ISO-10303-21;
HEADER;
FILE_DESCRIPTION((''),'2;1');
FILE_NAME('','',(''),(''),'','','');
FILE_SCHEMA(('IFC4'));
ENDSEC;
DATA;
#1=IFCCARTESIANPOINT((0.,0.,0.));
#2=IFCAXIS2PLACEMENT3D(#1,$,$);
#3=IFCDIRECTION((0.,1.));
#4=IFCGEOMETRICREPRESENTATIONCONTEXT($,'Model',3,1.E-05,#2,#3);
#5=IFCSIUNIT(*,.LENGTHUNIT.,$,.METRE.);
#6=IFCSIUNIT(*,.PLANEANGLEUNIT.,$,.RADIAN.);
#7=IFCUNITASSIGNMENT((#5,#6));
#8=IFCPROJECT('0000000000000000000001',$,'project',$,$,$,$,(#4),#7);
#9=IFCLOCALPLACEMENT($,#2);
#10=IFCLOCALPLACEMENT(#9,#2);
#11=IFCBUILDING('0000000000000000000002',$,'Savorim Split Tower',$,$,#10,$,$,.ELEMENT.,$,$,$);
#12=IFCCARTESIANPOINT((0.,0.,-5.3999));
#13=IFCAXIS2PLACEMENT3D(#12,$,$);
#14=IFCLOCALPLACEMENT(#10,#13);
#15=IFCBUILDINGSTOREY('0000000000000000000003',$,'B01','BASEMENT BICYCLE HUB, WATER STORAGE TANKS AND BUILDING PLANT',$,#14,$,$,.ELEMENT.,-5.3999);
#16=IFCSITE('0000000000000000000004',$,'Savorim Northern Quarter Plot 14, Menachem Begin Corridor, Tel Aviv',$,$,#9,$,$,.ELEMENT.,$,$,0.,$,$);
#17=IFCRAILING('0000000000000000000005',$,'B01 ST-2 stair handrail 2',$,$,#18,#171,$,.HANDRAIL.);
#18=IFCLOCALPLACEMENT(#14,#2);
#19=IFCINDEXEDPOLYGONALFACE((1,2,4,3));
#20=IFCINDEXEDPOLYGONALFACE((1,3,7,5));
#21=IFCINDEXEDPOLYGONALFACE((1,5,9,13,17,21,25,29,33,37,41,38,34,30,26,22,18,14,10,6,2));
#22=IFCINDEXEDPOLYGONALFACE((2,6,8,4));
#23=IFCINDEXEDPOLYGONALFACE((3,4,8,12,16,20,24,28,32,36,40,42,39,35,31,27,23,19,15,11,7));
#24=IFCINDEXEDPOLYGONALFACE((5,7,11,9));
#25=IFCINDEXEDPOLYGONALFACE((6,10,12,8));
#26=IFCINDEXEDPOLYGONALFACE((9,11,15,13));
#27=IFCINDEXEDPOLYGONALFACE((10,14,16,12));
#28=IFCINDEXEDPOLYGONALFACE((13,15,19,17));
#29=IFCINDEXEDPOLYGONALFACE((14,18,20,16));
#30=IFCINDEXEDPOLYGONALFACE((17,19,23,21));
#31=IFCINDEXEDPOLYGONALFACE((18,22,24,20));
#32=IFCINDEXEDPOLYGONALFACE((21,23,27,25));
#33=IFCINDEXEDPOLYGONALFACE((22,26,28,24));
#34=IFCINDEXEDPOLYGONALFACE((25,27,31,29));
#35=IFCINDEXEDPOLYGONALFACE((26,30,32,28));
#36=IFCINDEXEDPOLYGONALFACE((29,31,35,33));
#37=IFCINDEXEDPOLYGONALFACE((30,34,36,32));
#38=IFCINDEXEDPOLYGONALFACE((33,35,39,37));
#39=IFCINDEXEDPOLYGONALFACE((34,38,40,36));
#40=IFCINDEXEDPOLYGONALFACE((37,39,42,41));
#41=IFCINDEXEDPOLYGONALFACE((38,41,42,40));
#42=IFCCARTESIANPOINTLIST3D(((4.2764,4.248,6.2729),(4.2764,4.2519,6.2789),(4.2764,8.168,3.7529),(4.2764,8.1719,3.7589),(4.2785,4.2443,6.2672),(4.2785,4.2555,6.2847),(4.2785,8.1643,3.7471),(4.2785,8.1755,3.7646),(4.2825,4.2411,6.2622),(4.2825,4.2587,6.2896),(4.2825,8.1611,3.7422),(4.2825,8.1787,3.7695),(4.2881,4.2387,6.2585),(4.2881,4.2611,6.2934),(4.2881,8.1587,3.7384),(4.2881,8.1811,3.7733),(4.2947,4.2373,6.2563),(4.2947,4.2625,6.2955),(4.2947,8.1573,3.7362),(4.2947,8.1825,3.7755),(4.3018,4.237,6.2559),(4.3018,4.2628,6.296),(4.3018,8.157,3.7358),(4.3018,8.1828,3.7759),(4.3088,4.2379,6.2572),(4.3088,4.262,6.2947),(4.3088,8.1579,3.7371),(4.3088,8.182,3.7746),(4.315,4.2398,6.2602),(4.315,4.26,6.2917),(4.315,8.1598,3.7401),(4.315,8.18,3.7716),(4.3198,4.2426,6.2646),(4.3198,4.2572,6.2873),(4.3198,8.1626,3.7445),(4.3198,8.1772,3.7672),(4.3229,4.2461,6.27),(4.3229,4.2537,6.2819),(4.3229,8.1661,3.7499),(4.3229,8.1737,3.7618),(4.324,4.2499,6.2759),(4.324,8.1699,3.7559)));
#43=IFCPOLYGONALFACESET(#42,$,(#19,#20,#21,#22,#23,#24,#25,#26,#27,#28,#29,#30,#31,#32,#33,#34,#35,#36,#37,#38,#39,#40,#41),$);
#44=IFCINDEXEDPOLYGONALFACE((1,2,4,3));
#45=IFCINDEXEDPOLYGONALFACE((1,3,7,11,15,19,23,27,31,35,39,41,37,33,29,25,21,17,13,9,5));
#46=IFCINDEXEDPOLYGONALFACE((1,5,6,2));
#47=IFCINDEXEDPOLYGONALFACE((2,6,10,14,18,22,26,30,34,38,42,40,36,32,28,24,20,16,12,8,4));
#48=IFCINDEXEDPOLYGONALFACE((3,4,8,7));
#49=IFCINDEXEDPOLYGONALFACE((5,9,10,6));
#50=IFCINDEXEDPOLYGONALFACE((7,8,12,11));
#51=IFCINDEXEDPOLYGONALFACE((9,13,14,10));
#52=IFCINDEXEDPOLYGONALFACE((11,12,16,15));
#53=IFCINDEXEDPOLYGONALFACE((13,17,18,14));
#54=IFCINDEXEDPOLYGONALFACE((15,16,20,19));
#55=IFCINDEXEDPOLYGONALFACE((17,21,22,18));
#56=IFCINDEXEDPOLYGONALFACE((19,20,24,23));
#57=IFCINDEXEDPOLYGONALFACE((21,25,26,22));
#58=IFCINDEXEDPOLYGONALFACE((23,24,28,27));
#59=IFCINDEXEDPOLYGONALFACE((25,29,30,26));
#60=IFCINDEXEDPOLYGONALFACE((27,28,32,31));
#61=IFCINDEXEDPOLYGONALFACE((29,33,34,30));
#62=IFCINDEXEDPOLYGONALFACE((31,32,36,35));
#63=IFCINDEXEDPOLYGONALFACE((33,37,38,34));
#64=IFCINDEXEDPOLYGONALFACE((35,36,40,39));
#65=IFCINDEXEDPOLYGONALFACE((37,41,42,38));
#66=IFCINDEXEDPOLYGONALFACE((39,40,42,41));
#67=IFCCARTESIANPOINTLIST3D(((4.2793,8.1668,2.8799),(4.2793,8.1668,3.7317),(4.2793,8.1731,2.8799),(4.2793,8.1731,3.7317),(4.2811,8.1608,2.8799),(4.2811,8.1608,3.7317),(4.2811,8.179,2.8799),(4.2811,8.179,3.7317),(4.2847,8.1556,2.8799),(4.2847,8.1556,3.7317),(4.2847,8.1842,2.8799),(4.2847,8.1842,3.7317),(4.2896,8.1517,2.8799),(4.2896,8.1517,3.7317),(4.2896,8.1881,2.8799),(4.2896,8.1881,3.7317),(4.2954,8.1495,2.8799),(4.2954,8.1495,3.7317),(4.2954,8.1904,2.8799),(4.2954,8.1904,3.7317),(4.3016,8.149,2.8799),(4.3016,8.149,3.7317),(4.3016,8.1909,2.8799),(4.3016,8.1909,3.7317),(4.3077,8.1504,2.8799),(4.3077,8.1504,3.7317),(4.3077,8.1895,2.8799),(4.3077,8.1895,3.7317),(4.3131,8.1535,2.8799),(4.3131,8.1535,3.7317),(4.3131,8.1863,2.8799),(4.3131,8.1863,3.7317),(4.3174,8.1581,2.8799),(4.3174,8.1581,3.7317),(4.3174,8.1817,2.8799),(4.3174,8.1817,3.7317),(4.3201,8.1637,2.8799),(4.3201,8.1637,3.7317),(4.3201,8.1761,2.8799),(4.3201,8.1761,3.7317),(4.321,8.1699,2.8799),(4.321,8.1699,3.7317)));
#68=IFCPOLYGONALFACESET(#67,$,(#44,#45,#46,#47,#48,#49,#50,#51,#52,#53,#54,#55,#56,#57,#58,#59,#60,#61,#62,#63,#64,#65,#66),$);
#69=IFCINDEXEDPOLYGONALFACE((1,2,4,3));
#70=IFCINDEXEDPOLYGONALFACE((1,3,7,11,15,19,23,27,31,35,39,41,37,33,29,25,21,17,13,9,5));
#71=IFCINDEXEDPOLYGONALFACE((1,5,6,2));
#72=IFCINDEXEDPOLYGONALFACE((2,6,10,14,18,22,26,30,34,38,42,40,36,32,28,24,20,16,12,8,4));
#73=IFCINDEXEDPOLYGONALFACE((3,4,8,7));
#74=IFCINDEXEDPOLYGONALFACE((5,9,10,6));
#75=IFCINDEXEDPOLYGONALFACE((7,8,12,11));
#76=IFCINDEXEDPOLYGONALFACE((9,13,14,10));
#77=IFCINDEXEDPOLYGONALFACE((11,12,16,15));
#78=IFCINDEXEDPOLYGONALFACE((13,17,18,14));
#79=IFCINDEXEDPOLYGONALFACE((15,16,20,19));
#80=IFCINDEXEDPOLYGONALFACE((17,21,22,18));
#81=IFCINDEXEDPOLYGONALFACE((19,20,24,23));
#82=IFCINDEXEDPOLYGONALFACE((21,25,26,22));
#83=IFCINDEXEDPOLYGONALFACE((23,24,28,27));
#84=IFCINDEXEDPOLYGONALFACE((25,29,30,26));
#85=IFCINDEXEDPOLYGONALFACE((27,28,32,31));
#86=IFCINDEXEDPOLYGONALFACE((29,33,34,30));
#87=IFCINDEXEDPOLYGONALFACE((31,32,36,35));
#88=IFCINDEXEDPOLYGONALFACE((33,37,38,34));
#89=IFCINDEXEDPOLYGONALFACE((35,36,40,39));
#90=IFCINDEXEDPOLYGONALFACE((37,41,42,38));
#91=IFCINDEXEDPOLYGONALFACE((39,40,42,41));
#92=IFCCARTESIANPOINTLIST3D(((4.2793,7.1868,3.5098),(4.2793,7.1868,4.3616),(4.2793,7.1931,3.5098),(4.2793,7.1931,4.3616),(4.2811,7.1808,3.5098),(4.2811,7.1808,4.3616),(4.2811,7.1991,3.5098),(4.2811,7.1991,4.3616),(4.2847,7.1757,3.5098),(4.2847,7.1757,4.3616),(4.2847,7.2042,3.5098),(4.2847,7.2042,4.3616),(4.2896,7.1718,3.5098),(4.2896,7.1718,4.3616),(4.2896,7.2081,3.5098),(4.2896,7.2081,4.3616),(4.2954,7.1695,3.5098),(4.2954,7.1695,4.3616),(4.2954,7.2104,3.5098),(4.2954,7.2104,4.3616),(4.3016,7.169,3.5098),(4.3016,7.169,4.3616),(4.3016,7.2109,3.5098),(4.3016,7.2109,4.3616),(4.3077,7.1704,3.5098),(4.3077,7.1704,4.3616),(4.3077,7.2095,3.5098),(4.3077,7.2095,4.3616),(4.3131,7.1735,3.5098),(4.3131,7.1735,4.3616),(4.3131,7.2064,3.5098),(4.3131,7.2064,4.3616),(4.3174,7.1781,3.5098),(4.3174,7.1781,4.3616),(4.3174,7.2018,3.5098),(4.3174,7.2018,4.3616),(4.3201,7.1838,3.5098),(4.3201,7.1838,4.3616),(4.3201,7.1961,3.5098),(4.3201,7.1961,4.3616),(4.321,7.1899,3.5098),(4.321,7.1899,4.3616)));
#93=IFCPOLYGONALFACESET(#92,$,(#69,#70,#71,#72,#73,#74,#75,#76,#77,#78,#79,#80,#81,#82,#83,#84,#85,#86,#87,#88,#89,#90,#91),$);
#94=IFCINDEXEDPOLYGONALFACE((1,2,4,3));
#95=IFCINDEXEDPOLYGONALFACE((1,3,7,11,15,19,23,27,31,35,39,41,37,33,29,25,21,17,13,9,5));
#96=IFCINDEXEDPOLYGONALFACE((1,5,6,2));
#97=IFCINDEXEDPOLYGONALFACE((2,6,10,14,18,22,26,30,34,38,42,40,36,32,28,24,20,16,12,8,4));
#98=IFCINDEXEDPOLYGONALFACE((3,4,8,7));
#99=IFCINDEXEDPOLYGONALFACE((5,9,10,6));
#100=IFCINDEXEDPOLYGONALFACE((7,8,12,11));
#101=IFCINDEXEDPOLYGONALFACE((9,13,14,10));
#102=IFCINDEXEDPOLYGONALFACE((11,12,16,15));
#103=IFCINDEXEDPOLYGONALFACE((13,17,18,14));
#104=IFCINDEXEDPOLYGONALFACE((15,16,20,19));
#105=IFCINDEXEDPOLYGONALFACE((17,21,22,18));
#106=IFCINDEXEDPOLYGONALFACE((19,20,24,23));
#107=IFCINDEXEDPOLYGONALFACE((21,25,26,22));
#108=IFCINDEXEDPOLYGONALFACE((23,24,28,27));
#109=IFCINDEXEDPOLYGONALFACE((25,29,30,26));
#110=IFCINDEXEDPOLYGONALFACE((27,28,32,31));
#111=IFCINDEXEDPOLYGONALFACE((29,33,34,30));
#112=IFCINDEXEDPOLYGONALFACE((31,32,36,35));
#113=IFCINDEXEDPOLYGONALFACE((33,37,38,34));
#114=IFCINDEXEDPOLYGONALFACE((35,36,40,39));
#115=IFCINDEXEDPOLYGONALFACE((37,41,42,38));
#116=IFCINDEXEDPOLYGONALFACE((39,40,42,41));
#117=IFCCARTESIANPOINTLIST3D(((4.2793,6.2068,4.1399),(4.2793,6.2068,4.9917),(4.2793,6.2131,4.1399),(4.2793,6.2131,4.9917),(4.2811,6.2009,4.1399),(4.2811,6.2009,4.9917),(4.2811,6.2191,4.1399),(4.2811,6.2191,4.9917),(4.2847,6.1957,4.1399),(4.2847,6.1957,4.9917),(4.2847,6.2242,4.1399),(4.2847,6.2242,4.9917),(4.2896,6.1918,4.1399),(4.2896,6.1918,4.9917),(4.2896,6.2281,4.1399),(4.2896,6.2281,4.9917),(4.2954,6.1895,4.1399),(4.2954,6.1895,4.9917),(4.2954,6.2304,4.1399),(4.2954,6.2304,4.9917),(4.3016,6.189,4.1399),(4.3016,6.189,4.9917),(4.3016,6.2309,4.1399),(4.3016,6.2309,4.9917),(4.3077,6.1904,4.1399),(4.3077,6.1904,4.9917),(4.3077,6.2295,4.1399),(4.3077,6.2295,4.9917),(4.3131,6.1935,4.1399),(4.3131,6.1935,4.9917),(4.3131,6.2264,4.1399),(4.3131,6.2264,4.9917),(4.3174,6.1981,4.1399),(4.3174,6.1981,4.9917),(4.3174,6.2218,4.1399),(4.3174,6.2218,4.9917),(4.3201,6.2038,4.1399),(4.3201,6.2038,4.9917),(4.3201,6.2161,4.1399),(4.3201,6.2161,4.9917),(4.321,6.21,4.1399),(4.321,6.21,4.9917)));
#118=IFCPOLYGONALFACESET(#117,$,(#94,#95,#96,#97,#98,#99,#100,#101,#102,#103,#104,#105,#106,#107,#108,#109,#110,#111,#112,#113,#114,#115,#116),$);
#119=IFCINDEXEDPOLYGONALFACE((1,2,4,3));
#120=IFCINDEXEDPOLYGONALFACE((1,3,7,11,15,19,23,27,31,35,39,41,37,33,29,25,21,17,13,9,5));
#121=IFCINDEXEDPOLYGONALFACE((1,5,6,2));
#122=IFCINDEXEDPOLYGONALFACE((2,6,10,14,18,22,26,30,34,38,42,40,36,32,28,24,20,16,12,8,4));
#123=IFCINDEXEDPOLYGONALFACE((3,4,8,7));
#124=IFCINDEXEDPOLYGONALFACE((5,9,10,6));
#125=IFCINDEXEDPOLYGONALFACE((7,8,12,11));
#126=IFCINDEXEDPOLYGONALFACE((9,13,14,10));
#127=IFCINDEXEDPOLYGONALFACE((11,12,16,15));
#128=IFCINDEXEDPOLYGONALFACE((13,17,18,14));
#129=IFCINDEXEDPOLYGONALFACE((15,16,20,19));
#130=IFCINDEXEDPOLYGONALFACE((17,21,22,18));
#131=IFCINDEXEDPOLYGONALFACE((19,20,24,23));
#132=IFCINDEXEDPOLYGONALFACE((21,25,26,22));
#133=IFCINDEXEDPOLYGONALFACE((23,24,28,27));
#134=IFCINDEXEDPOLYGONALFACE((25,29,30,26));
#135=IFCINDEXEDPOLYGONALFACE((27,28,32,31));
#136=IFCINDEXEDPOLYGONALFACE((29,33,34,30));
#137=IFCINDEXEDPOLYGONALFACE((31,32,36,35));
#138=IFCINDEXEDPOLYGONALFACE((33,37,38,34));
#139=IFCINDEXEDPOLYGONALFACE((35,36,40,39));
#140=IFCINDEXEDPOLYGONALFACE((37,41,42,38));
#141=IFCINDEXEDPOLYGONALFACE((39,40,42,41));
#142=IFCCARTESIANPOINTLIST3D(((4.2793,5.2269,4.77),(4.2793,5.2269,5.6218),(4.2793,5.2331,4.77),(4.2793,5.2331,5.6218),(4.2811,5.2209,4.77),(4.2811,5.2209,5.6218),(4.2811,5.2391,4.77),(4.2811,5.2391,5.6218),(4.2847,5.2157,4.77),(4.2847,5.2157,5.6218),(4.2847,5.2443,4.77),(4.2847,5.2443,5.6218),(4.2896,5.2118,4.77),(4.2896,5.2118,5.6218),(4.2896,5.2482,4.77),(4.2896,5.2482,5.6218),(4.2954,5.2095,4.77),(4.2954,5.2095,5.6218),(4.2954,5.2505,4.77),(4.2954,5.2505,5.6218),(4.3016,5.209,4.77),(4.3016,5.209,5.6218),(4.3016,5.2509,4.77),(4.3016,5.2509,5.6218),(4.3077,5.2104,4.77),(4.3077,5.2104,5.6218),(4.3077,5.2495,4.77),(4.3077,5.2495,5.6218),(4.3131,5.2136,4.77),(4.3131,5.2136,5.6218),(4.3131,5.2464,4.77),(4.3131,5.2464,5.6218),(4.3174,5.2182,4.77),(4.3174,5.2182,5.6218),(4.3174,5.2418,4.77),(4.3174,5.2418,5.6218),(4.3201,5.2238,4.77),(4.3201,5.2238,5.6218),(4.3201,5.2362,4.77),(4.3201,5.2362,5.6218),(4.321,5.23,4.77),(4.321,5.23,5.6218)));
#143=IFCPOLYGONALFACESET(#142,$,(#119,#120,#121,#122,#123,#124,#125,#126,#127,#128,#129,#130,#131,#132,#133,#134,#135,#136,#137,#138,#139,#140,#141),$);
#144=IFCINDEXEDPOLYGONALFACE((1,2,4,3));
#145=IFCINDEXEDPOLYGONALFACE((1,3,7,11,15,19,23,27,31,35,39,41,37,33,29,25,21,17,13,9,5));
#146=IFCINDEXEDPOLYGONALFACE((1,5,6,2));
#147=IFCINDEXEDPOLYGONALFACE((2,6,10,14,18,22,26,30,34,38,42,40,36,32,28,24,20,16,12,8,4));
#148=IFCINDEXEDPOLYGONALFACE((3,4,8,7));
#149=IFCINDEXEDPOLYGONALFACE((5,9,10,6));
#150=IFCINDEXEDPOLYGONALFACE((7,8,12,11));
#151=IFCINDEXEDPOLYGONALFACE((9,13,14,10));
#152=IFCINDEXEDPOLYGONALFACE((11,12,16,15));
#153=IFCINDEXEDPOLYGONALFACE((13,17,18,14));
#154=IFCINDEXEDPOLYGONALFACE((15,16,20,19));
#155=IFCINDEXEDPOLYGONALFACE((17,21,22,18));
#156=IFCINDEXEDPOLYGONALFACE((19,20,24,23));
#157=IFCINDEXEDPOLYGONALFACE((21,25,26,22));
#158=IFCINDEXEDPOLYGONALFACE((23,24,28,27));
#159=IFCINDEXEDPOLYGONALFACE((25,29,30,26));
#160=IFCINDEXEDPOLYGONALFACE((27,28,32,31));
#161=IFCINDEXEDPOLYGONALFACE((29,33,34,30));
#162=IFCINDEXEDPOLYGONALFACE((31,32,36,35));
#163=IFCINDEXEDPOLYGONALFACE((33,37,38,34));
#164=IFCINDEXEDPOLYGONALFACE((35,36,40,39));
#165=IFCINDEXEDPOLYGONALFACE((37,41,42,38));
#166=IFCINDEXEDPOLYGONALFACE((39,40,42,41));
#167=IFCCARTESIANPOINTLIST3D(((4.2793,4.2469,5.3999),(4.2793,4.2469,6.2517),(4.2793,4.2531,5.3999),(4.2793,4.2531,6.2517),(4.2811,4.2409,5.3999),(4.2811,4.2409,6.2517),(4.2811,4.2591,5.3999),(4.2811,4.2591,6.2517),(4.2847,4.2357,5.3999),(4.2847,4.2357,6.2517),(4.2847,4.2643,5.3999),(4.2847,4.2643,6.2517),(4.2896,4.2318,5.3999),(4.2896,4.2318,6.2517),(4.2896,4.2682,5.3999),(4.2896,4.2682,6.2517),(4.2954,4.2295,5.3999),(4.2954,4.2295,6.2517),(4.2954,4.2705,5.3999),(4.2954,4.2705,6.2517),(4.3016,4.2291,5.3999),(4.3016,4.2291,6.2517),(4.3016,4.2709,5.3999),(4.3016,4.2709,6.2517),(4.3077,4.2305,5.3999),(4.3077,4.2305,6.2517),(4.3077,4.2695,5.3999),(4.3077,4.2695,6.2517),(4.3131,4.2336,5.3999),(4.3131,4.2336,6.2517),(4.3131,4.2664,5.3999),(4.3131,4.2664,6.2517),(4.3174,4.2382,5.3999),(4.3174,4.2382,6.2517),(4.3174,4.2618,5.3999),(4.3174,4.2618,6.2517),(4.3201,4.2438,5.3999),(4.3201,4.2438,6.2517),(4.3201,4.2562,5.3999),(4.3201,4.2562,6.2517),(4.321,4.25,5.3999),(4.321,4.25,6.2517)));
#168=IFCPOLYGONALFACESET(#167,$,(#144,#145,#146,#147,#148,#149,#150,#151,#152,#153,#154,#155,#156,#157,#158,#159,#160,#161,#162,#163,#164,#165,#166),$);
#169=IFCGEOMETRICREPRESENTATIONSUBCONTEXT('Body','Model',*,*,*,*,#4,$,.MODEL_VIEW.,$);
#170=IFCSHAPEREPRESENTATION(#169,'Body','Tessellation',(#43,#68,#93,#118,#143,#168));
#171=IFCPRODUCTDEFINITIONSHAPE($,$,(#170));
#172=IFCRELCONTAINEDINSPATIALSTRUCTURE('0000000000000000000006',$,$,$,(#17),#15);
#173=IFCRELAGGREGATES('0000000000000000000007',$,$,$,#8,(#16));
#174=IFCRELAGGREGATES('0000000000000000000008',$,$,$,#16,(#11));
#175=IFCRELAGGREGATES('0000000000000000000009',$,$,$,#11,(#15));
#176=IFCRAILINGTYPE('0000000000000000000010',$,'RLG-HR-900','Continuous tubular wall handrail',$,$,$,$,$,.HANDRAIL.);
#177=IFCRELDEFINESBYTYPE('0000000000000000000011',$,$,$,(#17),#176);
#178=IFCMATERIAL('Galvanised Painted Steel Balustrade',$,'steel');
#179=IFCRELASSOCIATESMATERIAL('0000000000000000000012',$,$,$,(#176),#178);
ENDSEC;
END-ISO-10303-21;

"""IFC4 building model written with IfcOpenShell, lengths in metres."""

from ifc_helpers import new_model, si_unit, direction, frame, origin, origin_2d, place, context, subcontext, project, spatial, circle, extrude, material, type_object, element, save


model = new_model("IFC4")

# Units and contexts
model_context = context("Model", 3, precision=1e-05, world=origin(), true_north=direction((0.0, 1.0)))
body_context = subcontext(model_context, "Body", "Model", "MODEL_VIEW")
ifc_project = project(units=[si_unit("LENGTHUNIT", "METRE"), si_unit("PLANEANGLEUNIT", "RADIAN")], contexts=[model_context])

# Site, building, storey
site_placement = place(None, origin())
site = spatial("IfcSite", under=ifc_project, at=site_placement, Name="Savorim Northern Quarter Plot 14, Menachem Begin Corridor, Tel Aviv", CompositionType="ELEMENT", RefElevation=0.0)
building_placement = place(site_placement, origin())
building = spatial("IfcBuilding", under=site, at=building_placement, Name="Savorim Split Tower", CompositionType="ELEMENT")
storey_placement = place(building_placement, frame((0.0, 0.0, -5.3999)))
storey = spatial("IfcBuildingStorey", under=building, at=storey_placement, Name="B01", Description="BASEMENT BICYCLE HUB, WATER STORAGE TANKS AND BUILDING PLANT", CompositionType="ELEMENT", Elevation=-5.3999)

# Railing
ifc_material_1 = material(Name="Galvanised Painted Steel Balustrade", Category="steel")
railing_type_1 = type_object("IfcRailingType", Name="RLG-HR-900", Description="Continuous tubular wall handrail", PredefinedType="HANDRAIL", material=ifc_material_1)
railing_1_placement = place(storey_placement, frame((4.3, 8.1699, 2.8799)))
element("IfcRailing", 1, at=railing_1_placement, inside=storey, type_object=railing_type_1, Name="B01 ST-2 stair handrail 2", PredefinedType="HANDRAIL", context=body_context, shape_type="SweptSolid", body=[
    extrude(circle(Radius=0.0239, at=origin_2d()), frame((0.0, 0.0, 0.876), z_axis=(0.0, -0.841172, 0.540768), x_axis=(1.0, 0.0, 0.0)), (0.0, 0.0, 1.0), 4.6602),
    extrude(circle(Radius=0.021, at=origin_2d()), origin(), (0.0, 0.0, 1.0), 0.8518),
    extrude(circle(Radius=0.021, at=origin_2d()), frame((0.0, -0.98, 0.6299)), (0.0, 0.0, 1.0), 0.8518),
    extrude(circle(Radius=0.021, at=origin_2d()), frame((0.0, -1.96, 1.26)), (0.0, 0.0, 1.0), 0.8518),
    extrude(circle(Radius=0.021, at=origin_2d()), frame((0.0, -2.9399, 1.8901)), (0.0, 0.0, 1.0), 0.8518),
    extrude(circle(Radius=0.021, at=origin_2d()), frame((0.0, -3.9199, 2.52)), (0.0, 0.0, 1.0), 0.8518),
])

save(model, "model.ifc")
